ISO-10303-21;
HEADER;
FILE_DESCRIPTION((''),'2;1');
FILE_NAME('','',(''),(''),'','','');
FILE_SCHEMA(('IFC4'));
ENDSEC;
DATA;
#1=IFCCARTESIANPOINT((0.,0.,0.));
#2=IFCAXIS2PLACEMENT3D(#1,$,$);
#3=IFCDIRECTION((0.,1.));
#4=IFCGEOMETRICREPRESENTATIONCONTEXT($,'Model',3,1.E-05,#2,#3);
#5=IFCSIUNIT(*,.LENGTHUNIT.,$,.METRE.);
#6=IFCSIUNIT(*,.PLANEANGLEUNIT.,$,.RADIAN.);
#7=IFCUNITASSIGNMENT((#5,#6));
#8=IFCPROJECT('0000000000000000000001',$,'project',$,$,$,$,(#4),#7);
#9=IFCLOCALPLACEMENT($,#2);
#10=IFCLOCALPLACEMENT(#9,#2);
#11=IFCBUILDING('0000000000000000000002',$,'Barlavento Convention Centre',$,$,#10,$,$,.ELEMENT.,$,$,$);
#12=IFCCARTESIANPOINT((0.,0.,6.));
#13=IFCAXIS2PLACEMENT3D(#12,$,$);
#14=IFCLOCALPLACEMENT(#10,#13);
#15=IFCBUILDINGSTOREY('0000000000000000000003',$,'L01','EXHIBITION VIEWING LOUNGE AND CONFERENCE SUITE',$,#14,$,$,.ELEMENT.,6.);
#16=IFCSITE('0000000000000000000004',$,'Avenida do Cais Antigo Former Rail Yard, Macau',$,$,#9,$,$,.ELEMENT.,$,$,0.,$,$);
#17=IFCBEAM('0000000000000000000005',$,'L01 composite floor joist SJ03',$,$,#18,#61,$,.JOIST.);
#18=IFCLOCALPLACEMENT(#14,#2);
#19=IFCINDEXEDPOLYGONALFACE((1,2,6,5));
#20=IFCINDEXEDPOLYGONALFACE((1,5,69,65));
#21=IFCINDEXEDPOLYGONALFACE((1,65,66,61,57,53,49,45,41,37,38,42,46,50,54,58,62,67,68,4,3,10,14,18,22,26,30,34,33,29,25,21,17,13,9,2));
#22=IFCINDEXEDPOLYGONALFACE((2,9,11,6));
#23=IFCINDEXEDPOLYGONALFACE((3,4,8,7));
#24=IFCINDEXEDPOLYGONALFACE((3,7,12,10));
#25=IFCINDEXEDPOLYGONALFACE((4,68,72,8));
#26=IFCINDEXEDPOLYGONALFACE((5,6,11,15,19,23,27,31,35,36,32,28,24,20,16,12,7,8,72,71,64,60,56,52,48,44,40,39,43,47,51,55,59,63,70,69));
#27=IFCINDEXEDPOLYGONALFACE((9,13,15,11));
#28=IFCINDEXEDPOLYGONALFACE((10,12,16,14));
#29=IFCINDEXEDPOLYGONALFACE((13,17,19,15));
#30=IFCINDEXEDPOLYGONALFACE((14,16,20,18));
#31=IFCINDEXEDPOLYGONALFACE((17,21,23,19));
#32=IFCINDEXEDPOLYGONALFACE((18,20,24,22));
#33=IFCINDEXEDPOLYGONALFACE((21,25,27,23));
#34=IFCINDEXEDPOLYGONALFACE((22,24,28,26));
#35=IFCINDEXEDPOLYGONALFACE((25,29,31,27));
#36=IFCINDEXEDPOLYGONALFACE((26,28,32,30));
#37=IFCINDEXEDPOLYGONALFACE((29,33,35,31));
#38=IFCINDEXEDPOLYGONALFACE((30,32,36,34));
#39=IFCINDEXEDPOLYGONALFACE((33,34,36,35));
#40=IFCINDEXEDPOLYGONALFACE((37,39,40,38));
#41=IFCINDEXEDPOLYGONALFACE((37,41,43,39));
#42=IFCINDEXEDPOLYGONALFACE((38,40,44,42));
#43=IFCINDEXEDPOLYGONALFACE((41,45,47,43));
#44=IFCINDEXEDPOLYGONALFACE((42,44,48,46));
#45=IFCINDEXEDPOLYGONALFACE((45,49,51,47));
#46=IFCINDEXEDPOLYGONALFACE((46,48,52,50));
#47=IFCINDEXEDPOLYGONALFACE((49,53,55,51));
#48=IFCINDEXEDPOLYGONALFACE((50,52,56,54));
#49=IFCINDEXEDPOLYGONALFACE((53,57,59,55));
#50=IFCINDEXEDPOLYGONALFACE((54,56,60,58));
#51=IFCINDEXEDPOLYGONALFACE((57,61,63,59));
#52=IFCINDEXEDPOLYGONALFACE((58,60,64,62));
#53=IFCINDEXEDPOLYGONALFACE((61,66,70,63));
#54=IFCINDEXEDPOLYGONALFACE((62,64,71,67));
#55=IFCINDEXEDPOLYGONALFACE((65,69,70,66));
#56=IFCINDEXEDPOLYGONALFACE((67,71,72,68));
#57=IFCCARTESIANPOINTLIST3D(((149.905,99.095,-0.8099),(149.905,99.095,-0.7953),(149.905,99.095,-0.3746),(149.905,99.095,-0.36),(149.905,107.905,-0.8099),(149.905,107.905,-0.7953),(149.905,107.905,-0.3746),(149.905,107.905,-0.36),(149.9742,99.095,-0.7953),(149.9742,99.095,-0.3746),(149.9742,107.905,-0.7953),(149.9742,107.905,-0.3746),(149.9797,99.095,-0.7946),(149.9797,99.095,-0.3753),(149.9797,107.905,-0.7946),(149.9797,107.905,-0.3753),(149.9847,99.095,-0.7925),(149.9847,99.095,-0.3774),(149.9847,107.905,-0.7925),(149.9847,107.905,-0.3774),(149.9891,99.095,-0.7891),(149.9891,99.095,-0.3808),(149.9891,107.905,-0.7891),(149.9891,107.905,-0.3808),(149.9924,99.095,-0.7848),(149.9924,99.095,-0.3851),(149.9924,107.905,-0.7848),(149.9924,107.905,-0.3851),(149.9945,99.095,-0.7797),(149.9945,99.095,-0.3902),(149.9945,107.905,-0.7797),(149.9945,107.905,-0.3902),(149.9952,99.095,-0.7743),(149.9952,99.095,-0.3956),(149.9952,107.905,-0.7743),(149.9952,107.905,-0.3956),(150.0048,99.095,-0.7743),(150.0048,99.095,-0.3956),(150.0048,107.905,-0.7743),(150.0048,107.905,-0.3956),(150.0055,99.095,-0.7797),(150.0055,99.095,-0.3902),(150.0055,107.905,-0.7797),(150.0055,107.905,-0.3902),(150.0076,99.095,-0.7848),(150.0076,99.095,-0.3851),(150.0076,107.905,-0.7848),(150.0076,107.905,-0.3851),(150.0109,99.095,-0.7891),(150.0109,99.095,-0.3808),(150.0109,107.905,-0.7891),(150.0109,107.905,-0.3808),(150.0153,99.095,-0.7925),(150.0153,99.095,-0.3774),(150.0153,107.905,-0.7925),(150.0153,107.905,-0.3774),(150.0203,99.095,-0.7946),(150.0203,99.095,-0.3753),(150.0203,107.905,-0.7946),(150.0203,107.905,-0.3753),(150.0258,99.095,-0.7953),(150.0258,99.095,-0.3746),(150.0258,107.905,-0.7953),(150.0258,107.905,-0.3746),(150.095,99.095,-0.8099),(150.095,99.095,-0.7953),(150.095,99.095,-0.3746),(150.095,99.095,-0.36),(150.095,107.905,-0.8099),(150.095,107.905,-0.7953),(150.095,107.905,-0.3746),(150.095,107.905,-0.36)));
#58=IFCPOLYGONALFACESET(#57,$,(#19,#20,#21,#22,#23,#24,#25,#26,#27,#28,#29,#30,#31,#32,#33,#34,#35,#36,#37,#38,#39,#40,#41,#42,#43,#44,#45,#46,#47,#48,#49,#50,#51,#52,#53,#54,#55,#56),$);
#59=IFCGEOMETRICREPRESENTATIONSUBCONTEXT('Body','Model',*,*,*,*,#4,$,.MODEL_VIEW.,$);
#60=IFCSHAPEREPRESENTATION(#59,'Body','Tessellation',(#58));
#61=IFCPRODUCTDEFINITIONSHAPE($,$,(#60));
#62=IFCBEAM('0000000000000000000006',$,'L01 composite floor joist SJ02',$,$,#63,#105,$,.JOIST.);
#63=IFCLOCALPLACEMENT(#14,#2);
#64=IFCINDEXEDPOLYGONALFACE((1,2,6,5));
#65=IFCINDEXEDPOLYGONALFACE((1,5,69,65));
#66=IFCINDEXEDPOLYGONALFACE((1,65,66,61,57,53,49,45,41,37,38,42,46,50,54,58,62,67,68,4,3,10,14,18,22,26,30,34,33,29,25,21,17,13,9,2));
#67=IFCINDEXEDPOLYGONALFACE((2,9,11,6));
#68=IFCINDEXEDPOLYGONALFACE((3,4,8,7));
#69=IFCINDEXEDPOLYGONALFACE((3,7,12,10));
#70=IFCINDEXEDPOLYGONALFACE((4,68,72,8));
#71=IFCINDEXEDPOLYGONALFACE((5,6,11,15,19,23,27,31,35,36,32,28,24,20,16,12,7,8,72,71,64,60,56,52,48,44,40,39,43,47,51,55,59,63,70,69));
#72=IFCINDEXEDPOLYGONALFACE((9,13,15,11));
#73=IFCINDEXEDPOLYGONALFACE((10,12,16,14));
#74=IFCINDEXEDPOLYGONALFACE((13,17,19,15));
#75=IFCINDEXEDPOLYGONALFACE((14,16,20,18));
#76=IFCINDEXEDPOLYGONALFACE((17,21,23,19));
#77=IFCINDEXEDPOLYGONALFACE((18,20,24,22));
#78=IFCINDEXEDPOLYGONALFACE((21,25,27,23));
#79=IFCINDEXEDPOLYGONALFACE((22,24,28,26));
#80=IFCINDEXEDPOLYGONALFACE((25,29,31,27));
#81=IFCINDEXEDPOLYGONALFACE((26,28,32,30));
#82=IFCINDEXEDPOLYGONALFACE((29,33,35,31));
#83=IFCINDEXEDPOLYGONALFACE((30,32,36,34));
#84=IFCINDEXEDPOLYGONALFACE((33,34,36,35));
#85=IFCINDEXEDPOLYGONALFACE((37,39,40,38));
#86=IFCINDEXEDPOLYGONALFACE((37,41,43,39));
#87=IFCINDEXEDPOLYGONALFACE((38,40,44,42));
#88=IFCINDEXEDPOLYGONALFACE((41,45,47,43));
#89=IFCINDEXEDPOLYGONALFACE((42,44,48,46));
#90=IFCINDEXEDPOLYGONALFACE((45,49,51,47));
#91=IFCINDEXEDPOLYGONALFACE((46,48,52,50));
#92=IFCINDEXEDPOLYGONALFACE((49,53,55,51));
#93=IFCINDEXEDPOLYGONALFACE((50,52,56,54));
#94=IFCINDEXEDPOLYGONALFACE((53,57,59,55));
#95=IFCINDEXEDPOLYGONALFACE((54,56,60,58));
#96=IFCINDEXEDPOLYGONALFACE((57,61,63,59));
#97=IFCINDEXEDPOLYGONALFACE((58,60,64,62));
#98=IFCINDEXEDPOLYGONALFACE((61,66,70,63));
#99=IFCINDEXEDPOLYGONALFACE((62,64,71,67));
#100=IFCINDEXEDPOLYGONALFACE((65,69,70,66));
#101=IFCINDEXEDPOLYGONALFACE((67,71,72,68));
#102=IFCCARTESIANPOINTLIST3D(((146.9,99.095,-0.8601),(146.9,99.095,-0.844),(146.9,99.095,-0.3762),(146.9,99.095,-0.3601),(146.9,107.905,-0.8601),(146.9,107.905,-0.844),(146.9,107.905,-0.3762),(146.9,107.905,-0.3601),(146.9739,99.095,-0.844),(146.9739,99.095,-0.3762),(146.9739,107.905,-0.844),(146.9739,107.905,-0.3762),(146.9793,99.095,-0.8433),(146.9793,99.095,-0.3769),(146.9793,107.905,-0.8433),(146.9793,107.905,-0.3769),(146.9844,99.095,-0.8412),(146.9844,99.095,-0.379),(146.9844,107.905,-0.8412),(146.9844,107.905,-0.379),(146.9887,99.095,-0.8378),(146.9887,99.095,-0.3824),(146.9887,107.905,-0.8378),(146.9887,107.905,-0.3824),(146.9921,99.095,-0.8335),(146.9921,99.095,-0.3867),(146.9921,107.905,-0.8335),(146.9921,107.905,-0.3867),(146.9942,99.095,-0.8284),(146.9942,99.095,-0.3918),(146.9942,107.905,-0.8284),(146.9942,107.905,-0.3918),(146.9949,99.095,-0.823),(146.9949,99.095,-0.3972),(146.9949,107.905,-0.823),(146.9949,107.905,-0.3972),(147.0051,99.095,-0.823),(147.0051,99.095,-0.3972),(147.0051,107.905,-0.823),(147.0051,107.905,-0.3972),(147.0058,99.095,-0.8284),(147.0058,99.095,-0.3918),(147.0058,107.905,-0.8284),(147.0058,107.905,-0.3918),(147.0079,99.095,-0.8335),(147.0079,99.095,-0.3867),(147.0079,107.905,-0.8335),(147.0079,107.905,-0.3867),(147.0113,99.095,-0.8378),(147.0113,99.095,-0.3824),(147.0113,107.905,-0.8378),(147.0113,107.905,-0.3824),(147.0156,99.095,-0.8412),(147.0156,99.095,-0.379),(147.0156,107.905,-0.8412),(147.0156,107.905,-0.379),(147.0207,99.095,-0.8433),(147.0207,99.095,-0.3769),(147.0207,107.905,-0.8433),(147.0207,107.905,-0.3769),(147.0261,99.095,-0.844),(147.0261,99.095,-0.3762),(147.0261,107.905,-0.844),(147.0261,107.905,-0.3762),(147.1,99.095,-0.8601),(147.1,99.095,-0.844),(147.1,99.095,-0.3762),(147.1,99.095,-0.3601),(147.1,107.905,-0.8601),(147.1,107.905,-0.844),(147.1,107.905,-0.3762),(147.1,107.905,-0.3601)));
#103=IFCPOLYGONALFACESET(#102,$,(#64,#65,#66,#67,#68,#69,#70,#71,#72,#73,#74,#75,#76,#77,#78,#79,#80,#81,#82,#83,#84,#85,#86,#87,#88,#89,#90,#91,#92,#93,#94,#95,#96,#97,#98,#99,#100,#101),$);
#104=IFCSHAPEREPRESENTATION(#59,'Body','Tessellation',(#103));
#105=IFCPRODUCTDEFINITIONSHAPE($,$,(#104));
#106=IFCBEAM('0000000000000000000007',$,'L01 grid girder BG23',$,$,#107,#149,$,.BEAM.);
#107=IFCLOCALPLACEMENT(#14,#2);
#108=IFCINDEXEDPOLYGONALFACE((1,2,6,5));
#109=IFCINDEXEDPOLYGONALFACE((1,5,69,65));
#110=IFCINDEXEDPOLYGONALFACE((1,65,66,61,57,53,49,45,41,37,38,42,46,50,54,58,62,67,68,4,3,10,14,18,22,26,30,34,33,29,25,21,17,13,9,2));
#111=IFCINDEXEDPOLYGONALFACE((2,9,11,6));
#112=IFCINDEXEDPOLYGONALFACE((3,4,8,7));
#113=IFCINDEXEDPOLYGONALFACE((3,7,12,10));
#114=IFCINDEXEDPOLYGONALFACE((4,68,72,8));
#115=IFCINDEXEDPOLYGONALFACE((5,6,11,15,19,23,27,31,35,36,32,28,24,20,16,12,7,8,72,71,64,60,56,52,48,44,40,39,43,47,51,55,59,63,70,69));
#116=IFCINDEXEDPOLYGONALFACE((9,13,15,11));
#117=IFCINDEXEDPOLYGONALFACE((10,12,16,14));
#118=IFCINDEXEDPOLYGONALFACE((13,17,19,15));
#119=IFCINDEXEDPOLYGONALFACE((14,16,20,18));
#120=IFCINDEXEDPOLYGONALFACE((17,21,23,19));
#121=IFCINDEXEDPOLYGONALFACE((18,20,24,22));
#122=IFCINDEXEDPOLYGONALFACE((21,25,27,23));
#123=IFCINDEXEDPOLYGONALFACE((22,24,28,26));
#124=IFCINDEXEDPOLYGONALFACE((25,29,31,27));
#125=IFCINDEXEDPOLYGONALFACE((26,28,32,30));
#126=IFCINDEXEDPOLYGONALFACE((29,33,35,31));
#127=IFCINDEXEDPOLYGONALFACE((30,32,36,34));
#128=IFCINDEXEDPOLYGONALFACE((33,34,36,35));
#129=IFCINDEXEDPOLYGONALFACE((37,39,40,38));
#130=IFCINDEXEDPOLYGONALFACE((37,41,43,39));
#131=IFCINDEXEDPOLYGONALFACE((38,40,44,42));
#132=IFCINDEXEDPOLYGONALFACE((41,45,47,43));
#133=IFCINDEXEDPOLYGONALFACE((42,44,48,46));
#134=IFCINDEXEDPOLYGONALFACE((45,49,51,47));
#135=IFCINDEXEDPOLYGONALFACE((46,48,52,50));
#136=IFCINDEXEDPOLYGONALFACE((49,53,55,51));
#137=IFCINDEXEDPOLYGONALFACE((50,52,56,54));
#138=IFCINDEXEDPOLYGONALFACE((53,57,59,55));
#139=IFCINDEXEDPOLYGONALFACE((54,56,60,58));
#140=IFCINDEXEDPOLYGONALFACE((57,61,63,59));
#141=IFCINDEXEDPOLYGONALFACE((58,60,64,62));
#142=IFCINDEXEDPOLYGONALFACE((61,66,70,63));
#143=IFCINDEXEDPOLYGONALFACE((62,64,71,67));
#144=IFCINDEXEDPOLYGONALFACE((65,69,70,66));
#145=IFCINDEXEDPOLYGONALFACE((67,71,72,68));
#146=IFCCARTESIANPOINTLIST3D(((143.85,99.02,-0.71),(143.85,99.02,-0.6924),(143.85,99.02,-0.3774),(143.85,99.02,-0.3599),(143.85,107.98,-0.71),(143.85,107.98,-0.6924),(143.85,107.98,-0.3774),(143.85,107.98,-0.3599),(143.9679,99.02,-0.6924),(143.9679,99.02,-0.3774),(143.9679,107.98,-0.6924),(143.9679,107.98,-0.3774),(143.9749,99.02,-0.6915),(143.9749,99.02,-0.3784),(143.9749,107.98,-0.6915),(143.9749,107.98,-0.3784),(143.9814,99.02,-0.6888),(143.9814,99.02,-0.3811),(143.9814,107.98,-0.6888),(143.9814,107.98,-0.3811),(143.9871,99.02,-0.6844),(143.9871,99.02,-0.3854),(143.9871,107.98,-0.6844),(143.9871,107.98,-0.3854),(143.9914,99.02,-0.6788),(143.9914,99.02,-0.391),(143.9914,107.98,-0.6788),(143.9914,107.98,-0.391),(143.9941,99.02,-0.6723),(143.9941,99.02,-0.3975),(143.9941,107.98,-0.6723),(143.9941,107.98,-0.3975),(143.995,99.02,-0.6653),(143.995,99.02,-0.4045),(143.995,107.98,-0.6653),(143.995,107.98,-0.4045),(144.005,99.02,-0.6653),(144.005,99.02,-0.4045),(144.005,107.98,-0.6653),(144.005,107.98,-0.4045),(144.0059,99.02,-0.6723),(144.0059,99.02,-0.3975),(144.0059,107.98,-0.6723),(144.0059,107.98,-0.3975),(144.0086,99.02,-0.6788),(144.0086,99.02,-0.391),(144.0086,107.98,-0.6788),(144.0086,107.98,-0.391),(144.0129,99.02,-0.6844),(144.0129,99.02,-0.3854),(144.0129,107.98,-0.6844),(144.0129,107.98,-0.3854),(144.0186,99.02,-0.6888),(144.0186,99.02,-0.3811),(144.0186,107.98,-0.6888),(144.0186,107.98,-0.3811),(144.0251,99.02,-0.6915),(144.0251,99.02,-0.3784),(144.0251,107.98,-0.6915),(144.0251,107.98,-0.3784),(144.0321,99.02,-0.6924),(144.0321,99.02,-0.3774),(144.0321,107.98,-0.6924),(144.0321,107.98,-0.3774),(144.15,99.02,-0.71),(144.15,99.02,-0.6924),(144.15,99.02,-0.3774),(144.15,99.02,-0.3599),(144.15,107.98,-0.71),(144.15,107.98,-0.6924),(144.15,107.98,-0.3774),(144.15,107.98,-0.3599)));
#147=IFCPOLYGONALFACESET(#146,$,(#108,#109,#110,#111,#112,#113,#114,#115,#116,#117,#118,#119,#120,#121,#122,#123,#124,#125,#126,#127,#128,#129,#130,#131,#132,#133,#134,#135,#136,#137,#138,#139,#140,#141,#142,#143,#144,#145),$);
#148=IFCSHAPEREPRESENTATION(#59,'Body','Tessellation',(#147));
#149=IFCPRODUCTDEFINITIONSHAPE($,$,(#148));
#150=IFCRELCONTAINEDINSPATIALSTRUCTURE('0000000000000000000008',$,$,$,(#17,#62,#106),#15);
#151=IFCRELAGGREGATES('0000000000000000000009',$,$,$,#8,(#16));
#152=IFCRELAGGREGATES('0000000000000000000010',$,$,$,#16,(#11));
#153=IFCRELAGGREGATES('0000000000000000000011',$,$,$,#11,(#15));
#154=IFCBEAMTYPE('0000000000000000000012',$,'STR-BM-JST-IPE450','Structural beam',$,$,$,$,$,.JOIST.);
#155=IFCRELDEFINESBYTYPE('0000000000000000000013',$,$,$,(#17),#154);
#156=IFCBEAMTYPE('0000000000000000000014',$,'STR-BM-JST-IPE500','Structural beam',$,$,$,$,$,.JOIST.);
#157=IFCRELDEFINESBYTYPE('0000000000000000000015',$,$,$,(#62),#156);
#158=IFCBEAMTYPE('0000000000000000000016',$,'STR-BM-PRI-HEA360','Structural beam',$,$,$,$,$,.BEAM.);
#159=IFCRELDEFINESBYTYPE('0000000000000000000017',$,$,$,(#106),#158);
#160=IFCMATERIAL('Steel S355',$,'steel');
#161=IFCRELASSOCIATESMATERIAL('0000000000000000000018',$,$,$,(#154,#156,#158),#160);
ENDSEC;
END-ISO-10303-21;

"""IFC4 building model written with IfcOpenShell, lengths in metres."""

from ifc_helpers import new_model, si_unit, direction, frame, origin, origin_2d, place, context, subcontext, project, spatial, i_section, extrude, material, material_profile, profile_set, type_object, element, save


model = new_model("IFC4")

# Units and contexts
model_context = context("Model", 3, precision=1e-05, world=origin(), true_north=direction((0.0, 1.0)))
body_context = subcontext(model_context, "Body", "Model", "MODEL_VIEW")
ifc_project = project(units=[si_unit("LENGTHUNIT", "METRE"), si_unit("PLANEANGLEUNIT", "RADIAN")], contexts=[model_context])

# Site, building, storey
site_placement = place(None, origin())
site = spatial("IfcSite", under=ifc_project, at=site_placement, Name="Avenida do Cais Antigo Former Rail Yard, Macau", CompositionType="ELEMENT", RefElevation=0.0)
building_placement = place(site_placement, origin())
building = spatial("IfcBuilding", under=site, at=building_placement, Name="Barlavento Convention Centre", CompositionType="ELEMENT")
storey_placement = place(building_placement, frame((0.0, 0.0, 6.0)))
storey = spatial("IfcBuildingStorey", under=building, at=storey_placement, Name="L01", Description="EXHIBITION VIEWING LOUNGE AND CONFERENCE SUITE", CompositionType="ELEMENT", Elevation=6.0)

# Shared definitions
ifc_material_1 = material(Name="Steel S355", Category="steel")

# Beams
ifc_material_profile_1 = material_profile(ifc_material_1, i_section(OverallWidth=0.1899, OverallDepth=0.45, WebThickness=0.0095, FlangeThickness=0.0146, FilletRadius=0.021, at=origin_2d()), Name="IPE 450")
ifc_profile_set_1 = profile_set([ifc_material_profile_1], Name="Steel S355")
beam_type_1 = type_object("IfcBeamType", Name="STR-BM-JST-IPE450", Description="Structural beam", PredefinedType="JOIST", material=ifc_profile_set_1)
beam_1_placement = place(storey_placement, frame((150.0, 99.095, -0.585), z_axis=(0.0, 1.0, 0.0), x_axis=(-1.0, 0.0, 0.0)))
element("IfcBeam", 1, at=beam_1_placement, inside=storey, type_object=beam_type_1, Name="L01 composite floor joist SJ03", PredefinedType="JOIST", context=body_context, shape_type="SweptSolid", body=[
    extrude(i_section(OverallWidth=0.1899, OverallDepth=0.45, WebThickness=0.0095, FlangeThickness=0.0146, FilletRadius=0.021, at=origin_2d()), origin(), (0.0, 0.0, 1.0), 8.8101),
])
ifc_material_profile_2 = material_profile(ifc_material_1, i_section(OverallWidth=0.2, OverallDepth=0.5, WebThickness=0.0103, FlangeThickness=0.0161, FilletRadius=0.021, at=origin_2d()), Name="IPE 500")
ifc_profile_set_2 = profile_set([ifc_material_profile_2], Name="Steel S355")
beam_type_2 = type_object("IfcBeamType", Name="STR-BM-JST-IPE500", Description="Structural beam", PredefinedType="JOIST", material=ifc_profile_set_2)
beam_2_placement = place(storey_placement, frame((147.0, 99.095, -0.6101), z_axis=(0.0, 1.0, 0.0), x_axis=(-1.0, 0.0, 0.0)))
element("IfcBeam", 2, at=beam_2_placement, inside=storey, type_object=beam_type_2, Name="L01 composite floor joist SJ02", PredefinedType="JOIST", context=body_context, shape_type="SweptSolid", body=[
    extrude(i_section(OverallWidth=0.2, OverallDepth=0.5, WebThickness=0.0103, FlangeThickness=0.0161, FilletRadius=0.021, at=origin_2d()), origin(), (0.0, 0.0, 1.0), 8.8101),
])
ifc_material_profile_3 = material_profile(ifc_material_1, i_section(OverallWidth=0.3, OverallDepth=0.3501, WebThickness=0.01, FlangeThickness=0.0176, FilletRadius=0.0271, at=origin_2d()), Name="HEA 360")
ifc_profile_set_3 = profile_set([ifc_material_profile_3], Name="Steel S355")
beam_type_3 = type_object("IfcBeamType", Name="STR-BM-PRI-HEA360", Description="Structural beam", PredefinedType="BEAM", material=ifc_profile_set_3)
beam_3_placement = place(storey_placement, frame((144.0, 99.02, -0.5349), z_axis=(0.0, 1.0, 0.0), x_axis=(-1.0, 0.0, 0.0)))
element("IfcBeam", 3, at=beam_3_placement, inside=storey, type_object=beam_type_3, Name="L01 grid girder BG23", PredefinedType="BEAM", context=body_context, shape_type="SweptSolid", body=[
    extrude(i_section(OverallWidth=0.3, OverallDepth=0.3501, WebThickness=0.01, FlangeThickness=0.0176, FilletRadius=0.0271, at=origin_2d()), origin(), (0.0, 0.0, 1.0), 8.96),
])

save(model, "model.ifc")
